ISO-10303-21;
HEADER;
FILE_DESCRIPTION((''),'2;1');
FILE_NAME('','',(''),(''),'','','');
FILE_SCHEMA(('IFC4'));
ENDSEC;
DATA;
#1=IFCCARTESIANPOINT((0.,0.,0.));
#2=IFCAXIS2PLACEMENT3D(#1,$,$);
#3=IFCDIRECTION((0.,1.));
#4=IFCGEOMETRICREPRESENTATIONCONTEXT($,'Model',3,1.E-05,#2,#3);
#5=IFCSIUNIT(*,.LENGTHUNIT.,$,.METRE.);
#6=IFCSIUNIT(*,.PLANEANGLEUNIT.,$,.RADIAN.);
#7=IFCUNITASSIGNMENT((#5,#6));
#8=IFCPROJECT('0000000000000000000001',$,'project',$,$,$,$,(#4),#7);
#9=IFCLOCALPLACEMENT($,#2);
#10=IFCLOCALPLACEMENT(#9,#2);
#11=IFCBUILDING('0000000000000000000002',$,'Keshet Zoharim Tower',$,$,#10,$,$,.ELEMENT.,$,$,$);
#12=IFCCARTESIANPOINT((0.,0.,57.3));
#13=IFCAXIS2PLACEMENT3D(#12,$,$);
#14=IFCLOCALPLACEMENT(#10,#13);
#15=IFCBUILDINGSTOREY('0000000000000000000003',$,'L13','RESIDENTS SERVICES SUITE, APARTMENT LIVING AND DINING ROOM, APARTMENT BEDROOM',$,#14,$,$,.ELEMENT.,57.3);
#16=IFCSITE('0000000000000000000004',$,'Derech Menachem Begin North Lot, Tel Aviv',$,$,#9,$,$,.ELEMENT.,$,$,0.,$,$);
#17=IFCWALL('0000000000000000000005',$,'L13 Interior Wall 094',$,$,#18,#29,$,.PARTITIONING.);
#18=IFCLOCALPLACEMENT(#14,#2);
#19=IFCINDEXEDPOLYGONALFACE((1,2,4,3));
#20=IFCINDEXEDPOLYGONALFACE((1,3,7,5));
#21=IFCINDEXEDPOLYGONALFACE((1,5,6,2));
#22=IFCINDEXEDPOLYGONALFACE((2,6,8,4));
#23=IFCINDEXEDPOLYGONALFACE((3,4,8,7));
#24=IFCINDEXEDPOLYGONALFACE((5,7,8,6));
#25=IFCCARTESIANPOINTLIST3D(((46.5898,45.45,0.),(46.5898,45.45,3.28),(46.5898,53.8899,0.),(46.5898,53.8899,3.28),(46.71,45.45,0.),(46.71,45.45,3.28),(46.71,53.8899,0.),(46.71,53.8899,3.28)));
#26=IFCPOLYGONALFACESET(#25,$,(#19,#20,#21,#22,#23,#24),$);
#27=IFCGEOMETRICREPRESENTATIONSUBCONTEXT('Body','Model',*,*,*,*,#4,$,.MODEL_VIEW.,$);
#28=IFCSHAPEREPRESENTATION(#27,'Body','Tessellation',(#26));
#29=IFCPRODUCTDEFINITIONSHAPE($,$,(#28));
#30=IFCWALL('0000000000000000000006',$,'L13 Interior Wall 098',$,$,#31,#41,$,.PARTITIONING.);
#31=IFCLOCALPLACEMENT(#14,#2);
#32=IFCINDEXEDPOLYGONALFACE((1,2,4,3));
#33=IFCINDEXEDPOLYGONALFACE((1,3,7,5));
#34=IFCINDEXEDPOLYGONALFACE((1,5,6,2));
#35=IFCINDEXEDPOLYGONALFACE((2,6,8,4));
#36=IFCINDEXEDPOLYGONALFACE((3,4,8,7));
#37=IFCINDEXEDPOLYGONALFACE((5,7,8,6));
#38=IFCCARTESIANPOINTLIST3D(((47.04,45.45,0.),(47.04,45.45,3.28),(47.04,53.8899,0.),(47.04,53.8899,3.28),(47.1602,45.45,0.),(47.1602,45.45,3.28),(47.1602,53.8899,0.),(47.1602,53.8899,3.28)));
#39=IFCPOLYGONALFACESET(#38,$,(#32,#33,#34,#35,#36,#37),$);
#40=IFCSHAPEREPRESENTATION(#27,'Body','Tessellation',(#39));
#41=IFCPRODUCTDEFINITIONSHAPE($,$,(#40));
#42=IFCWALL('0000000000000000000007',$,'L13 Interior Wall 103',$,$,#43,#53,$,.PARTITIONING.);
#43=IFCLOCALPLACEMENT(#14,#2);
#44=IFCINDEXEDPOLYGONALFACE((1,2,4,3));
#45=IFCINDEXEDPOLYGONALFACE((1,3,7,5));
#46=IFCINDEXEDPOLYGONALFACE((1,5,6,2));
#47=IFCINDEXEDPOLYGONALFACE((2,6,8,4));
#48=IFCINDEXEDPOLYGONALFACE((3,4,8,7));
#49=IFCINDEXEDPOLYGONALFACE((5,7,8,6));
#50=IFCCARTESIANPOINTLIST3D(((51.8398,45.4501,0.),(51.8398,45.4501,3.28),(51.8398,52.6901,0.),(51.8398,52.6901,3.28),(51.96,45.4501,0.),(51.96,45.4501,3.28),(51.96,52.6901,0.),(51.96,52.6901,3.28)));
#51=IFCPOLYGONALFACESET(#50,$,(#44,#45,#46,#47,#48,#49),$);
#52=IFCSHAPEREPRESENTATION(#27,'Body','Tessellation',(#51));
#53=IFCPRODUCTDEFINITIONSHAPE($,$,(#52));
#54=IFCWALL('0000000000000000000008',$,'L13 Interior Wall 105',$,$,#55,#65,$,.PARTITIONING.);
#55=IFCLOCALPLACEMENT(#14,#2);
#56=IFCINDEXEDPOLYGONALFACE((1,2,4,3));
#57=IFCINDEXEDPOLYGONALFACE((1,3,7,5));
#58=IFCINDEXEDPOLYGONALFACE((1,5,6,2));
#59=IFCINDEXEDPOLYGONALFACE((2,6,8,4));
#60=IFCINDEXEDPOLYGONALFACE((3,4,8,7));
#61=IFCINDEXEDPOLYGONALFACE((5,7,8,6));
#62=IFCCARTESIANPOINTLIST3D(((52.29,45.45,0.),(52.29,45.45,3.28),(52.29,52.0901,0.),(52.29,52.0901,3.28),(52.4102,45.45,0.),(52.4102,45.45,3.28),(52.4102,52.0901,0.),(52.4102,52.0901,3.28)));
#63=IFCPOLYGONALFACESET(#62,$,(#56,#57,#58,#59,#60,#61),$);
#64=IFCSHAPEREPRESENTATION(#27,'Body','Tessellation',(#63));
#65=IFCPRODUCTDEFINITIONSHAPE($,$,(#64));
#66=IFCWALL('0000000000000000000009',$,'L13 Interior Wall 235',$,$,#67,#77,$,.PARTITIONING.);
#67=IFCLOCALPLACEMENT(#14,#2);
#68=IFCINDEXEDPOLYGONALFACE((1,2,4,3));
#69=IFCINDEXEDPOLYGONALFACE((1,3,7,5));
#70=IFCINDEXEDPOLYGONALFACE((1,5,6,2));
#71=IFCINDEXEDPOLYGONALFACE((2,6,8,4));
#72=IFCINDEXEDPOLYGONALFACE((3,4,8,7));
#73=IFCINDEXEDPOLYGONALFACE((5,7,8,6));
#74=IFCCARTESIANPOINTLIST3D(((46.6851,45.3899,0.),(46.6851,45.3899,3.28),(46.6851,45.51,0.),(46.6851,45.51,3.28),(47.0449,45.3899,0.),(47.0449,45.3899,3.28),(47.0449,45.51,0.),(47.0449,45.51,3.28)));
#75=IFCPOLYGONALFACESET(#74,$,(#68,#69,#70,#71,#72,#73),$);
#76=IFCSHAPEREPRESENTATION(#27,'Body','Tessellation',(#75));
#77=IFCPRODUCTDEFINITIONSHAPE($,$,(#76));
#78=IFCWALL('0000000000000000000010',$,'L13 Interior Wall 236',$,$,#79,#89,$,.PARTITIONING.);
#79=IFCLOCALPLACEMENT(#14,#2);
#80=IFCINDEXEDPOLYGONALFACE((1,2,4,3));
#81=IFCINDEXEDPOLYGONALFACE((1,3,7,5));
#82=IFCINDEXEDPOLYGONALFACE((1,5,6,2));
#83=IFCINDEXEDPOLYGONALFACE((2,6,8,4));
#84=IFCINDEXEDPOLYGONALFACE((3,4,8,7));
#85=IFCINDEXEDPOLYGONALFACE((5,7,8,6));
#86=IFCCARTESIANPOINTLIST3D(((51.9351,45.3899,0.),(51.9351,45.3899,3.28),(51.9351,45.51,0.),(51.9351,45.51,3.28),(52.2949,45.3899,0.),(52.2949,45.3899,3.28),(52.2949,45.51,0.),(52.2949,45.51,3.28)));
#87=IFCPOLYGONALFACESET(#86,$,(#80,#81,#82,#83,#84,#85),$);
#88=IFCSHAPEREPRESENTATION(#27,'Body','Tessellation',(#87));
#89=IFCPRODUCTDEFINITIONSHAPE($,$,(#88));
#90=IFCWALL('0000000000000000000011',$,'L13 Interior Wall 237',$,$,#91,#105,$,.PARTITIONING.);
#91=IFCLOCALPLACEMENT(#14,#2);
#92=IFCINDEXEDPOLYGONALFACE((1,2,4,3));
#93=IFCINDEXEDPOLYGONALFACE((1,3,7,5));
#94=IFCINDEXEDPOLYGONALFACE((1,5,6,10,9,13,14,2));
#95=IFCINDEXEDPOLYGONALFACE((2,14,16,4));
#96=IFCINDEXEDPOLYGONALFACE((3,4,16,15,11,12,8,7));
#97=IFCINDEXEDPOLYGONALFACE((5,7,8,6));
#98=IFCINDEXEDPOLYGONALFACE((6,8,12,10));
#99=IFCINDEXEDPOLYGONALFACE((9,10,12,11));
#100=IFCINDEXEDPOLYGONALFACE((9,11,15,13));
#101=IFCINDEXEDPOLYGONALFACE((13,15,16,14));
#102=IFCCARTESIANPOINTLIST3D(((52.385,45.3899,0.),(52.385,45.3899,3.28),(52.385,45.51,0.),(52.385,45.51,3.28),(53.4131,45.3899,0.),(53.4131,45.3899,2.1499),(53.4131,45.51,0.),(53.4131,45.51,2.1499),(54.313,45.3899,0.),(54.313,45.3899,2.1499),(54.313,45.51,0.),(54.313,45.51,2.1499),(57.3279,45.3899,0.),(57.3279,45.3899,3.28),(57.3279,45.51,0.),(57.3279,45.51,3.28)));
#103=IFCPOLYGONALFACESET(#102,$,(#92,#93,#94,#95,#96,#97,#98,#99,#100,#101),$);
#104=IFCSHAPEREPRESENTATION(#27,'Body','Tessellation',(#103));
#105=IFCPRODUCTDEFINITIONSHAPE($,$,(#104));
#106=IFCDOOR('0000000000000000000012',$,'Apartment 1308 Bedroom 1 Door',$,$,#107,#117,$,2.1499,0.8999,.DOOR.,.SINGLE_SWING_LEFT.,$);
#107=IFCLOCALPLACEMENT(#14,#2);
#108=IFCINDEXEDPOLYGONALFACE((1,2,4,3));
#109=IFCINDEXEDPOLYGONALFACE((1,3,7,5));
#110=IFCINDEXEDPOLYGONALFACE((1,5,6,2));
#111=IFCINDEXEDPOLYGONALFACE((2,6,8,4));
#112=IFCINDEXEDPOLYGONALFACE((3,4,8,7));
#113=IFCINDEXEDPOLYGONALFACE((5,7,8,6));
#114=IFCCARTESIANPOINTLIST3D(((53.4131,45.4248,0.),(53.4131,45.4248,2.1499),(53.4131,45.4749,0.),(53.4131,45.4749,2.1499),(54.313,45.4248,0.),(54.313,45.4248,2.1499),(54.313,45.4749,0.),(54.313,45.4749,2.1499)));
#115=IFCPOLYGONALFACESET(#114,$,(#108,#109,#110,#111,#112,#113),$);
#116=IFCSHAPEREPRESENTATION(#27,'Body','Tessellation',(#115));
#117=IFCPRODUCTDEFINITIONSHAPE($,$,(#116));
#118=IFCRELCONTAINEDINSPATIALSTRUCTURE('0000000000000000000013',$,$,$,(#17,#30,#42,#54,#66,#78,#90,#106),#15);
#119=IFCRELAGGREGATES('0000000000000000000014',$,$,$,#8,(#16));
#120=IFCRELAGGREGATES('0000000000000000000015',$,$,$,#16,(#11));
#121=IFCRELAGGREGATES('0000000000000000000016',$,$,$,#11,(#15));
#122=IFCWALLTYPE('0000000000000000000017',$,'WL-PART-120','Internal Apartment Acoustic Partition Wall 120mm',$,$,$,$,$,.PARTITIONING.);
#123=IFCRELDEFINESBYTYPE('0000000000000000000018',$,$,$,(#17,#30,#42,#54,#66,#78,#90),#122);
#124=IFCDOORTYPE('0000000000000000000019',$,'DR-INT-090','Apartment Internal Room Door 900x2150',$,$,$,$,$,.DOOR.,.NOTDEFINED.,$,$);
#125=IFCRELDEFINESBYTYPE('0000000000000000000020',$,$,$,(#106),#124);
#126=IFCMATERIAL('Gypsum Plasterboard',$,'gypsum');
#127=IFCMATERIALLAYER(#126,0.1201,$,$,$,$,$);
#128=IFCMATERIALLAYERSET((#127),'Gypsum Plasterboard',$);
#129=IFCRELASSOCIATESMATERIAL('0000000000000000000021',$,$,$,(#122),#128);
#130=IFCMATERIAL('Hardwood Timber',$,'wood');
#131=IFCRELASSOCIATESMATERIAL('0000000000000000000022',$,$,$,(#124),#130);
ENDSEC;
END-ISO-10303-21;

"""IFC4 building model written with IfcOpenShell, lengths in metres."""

from ifc_helpers import new_model, si_unit, direction, frame, frame_2d, origin, place, context, subcontext, project, spatial, rectangle, extrude, material, layer, layer_set, type_object, element, fill, save


model = new_model("IFC4")

# Units and contexts
model_context = context("Model", 3, precision=1e-05, world=origin(), true_north=direction((0.0, 1.0)))
body_context = subcontext(model_context, "Body", "Model", "MODEL_VIEW")
ifc_project = project(units=[si_unit("LENGTHUNIT", "METRE"), si_unit("PLANEANGLEUNIT", "RADIAN")], contexts=[model_context])

# Site, building, storey
site_placement = place(None, origin())
site = spatial("IfcSite", under=ifc_project, at=site_placement, Name="Derech Menachem Begin North Lot, Tel Aviv", CompositionType="ELEMENT", RefElevation=0.0)
building_placement = place(site_placement, origin())
building = spatial("IfcBuilding", under=site, at=building_placement, Name="Keshet Zoharim Tower", CompositionType="ELEMENT")
storey_placement = place(building_placement, frame((0.0, 0.0, 57.3)))
storey = spatial("IfcBuildingStorey", under=building, at=storey_placement, Name="L13", Description="RESIDENTS SERVICES SUITE, APARTMENT LIVING AND DINING ROOM, APARTMENT BEDROOM", CompositionType="ELEMENT", Elevation=57.3)

# Walls
ifc_material_1 = material(Name="Gypsum Plasterboard", Category="gypsum")
ifc_layer_1 = layer(ifc_material_1, 0.1201)
ifc_layer_set_1 = layer_set([ifc_layer_1], Name="Gypsum Plasterboard")
wall_type = type_object("IfcWallType", Name="WL-PART-120", Description="Internal Apartment Acoustic Partition Wall 120mm", PredefinedType="PARTITIONING", material=ifc_layer_set_1)
for number, where, z_axis, x_axis, name in (
    (1, (46.6499, 45.45, 0.0), (0.0, 0.0, 1.0), (0.0, 1.0, 0.0), "L13 Interior Wall 094"),
    (2, (47.1001, 45.45, 0.0), (0.0, 0.0, 1.0), (0.0, 1.0, 0.0), "L13 Interior Wall 098"),
):
    element("IfcWall", number, at=place(storey_placement, frame(where, z_axis=z_axis, x_axis=x_axis)), inside=storey, type_object=wall_type, Name=name, PredefinedType="PARTITIONING", context=body_context, shape_type="SweptSolid", body=[
        extrude(rectangle(XDim=8.4399, YDim=0.1201, at=frame_2d((4.22, 0.0))), origin(), (0.0, 0.0, 1.0), 3.28),
    ])
wall_1_placement = place(storey_placement, frame((51.8999, 45.45, 0.0), z_axis=(0.0, 0.0, 1.0), x_axis=(0.0, 1.0, 0.0)))
element("IfcWall", 3, at=wall_1_placement, inside=storey, type_object=wall_type, Name="L13 Interior Wall 103", PredefinedType="PARTITIONING", context=body_context, shape_type="SweptSolid", body=[
    extrude(rectangle(XDim=7.24, YDim=0.1201, at=frame_2d((3.6201, 0.0))), origin(), (0.0, 0.0, 1.0), 3.28),
])
wall_2_placement = place(storey_placement, frame((52.3501, 45.45, 0.0), z_axis=(0.0, 0.0, 1.0), x_axis=(0.0, 1.0, 0.0)))
element("IfcWall", 4, at=wall_2_placement, inside=storey, type_object=wall_type, Name="L13 Interior Wall 105", PredefinedType="PARTITIONING", context=body_context, shape_type="SweptSolid", body=[
    extrude(rectangle(XDim=6.6401, YDim=0.1201, at=frame_2d((3.3201, 0.0))), origin(), (0.0, 0.0, 1.0), 3.28),
])
for number, where, z_axis, x_axis, name in (
    (5, (46.6851, 45.45, 0.0), (0.0, 0.0, 1.0), (1.0, 0.0, 0.0), "L13 Interior Wall 235"),
    (6, (51.9351, 45.45, 0.0), (0.0, 0.0, 1.0), (1.0, 0.0, 0.0), "L13 Interior Wall 236"),
):
    element("IfcWall", number, at=place(storey_placement, frame(where, z_axis=z_axis, x_axis=x_axis)), inside=storey, type_object=wall_type, Name=name, PredefinedType="PARTITIONING", context=body_context, shape_type="SweptSolid", body=[
        extrude(rectangle(XDim=0.3599, YDim=0.1201, at=frame_2d((0.1799, 0.0))), origin(), (0.0, 0.0, 1.0), 3.28),
    ])

# Wall, opening, door
wall_3_placement = place(storey_placement, frame((52.385, 45.45, 0.0), z_axis=(0.0, 0.0, 1.0), x_axis=(1.0, 0.0, 0.0)))
wall_3 = element("IfcWall", 7, at=wall_3_placement, inside=storey, type_object=wall_type, Name="L13 Interior Wall 237", PredefinedType="PARTITIONING", context=body_context, shape_type="SweptSolid", body=[
    extrude(rectangle(XDim=4.9429, YDim=0.1201, at=frame_2d((2.4714, 0.0))), origin(), (0.0, 0.0, 1.0), 3.28),
])
opening_placement = place(wall_3_placement, frame((1.0281, 0.0, 0.0)))
opening = element("IfcOpeningElement", 8, at=opening_placement, cuts=wall_3, PredefinedType="OPENING", context=body_context, shape_type="SweptSolid", body=[
    extrude(rectangle(XDim=0.8999, YDim=2.1499, at=frame_2d((0.45, 1.075))), frame((0.0, 0.0701, 0.0), z_axis=(0.0, -1.0, 0.0), x_axis=(1.0, 0.0, 0.0)), (0.0, 0.0, 1.0), 0.1401),
])
ifc_material_2 = material(Name="Hardwood Timber", Category="wood")
door_type = type_object("IfcDoorType", Name="DR-INT-090", Description="Apartment Internal Room Door 900x2150", OperationType="NOTDEFINED", PredefinedType="DOOR", material=ifc_material_2)
door_placement = place(opening_placement, origin())
door = element("IfcDoor", 9, at=door_placement, inside=storey, type_object=door_type, Name="Apartment 1308 Bedroom 1 Door", OperationType="SINGLE_SWING_LEFT", OverallHeight=2.1499, OverallWidth=0.8999, PredefinedType="DOOR", context=body_context, shape_type="SweptSolid", body=[
    extrude(rectangle(XDim=0.8999, YDim=2.1499, at=frame_2d((0.45, 1.075))), frame((0.0, 0.0249, 0.0), z_axis=(0.0, -1.0, 0.0), x_axis=(1.0, 0.0, 0.0)), (0.0, 0.0, 1.0), 0.05),
])
fill(opening, door)

save(model, "model.ifc")
